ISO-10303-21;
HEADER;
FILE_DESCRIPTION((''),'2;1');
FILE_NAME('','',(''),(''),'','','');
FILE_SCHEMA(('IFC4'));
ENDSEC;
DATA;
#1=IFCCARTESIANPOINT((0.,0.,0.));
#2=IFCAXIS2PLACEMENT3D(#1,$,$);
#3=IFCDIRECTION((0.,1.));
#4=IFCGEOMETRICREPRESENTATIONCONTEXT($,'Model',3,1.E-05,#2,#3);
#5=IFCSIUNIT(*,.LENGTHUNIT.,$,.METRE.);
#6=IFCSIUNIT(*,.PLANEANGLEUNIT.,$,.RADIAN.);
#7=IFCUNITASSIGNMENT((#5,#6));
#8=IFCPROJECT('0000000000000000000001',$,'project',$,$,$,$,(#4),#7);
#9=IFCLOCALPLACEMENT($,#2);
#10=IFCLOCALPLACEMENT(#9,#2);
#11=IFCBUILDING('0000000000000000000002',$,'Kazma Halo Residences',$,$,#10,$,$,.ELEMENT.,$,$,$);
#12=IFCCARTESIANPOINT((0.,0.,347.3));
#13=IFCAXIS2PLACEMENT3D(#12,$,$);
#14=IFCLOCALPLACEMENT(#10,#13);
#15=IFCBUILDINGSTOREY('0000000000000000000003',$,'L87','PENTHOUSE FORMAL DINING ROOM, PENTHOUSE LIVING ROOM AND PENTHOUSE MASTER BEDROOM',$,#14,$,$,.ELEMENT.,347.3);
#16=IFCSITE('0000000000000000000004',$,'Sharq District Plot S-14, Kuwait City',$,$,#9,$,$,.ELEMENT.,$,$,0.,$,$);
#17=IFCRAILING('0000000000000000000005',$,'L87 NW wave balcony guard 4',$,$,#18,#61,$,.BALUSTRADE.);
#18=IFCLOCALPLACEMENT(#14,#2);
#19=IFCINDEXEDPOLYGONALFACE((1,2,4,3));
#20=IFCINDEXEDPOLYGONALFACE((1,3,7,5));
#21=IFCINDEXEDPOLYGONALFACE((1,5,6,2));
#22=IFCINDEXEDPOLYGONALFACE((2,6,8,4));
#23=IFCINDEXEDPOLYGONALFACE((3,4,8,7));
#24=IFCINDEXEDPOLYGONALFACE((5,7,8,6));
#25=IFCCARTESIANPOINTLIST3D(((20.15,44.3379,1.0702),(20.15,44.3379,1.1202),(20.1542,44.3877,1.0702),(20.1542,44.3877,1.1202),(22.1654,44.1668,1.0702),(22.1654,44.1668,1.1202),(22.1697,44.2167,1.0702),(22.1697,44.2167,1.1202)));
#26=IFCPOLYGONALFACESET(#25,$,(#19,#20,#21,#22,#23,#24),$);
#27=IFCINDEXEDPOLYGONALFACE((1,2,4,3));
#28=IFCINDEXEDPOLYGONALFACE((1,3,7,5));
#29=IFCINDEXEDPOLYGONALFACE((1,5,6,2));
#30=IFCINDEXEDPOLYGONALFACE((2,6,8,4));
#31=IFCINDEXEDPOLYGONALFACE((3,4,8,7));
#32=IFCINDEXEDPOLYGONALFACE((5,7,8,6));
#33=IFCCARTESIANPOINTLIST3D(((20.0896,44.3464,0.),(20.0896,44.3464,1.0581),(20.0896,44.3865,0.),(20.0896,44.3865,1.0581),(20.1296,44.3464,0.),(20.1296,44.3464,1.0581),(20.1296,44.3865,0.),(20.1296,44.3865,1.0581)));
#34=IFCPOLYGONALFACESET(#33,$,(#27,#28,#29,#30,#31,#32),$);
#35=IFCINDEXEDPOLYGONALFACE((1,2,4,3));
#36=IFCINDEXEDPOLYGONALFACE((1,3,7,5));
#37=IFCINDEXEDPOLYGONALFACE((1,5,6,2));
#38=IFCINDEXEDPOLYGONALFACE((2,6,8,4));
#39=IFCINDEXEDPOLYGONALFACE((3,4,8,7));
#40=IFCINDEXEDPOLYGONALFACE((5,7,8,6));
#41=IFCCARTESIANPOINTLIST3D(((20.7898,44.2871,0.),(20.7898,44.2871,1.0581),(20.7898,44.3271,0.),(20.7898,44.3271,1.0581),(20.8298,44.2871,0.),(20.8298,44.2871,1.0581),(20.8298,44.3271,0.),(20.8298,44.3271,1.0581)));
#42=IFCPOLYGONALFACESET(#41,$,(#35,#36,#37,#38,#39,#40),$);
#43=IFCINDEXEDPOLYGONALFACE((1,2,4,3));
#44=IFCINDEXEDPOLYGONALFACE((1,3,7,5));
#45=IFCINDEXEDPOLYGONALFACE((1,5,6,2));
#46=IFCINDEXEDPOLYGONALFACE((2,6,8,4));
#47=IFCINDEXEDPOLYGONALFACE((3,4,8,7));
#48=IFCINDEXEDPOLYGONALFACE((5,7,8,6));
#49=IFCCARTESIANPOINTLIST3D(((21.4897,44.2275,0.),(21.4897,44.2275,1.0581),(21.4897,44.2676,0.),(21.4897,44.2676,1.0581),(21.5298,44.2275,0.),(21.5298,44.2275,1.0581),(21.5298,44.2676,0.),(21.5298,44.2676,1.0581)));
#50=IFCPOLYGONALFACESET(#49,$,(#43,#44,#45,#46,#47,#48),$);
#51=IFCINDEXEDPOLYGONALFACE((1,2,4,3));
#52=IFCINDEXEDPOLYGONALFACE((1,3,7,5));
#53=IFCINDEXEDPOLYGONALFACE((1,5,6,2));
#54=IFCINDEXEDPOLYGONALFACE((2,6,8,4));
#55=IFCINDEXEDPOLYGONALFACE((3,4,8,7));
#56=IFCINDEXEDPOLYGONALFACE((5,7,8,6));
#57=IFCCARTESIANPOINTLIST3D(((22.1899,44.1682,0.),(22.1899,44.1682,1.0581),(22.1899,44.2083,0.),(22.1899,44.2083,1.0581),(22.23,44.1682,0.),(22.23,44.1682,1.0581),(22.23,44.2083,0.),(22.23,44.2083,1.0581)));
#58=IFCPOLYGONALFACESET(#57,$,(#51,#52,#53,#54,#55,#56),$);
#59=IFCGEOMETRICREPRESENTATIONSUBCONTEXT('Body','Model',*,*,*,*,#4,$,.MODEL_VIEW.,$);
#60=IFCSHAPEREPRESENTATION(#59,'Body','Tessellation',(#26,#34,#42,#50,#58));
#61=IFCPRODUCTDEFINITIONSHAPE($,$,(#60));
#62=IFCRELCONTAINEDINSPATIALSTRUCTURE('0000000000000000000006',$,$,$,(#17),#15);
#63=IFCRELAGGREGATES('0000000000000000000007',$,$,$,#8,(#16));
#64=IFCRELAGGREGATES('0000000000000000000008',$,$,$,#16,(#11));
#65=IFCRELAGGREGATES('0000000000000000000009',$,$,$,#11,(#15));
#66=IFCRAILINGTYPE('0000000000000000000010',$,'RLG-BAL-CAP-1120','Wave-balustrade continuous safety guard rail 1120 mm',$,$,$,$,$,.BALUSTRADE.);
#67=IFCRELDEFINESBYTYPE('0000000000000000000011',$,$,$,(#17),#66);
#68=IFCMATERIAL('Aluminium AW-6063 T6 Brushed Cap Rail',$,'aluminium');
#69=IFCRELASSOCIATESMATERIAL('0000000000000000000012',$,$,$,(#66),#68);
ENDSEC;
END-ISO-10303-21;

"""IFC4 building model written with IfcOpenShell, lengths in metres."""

from ifc_helpers import new_model, si_unit, direction, frame, origin, origin_2d, place, context, subcontext, project, spatial, rectangle, extrude, material, type_object, element, save


model = new_model("IFC4")

# Units and contexts
model_context = context("Model", 3, precision=1e-05, world=origin(), true_north=direction((0.0, 1.0)))
body_context = subcontext(model_context, "Body", "Model", "MODEL_VIEW")
ifc_project = project(units=[si_unit("LENGTHUNIT", "METRE"), si_unit("PLANEANGLEUNIT", "RADIAN")], contexts=[model_context])

# Site, building, storey
site_placement = place(None, origin())
site = spatial("IfcSite", under=ifc_project, at=site_placement, Name="Sharq District Plot S-14, Kuwait City", CompositionType="ELEMENT", RefElevation=0.0)
building_placement = place(site_placement, origin())
building = spatial("IfcBuilding", under=site, at=building_placement, Name="Kazma Halo Residences", CompositionType="ELEMENT")
storey_placement = place(building_placement, frame((0.0, 0.0, 347.3)))
storey = spatial("IfcBuildingStorey", under=building, at=storey_placement, Name="L87", Description="PENTHOUSE FORMAL DINING ROOM, PENTHOUSE LIVING ROOM AND PENTHOUSE MASTER BEDROOM", CompositionType="ELEMENT", Elevation=347.3)

# Railing
ifc_material_1 = material(Name="Aluminium AW-6063 T6 Brushed Cap Rail", Category="aluminium")
railing_type = type_object("IfcRailingType", Name="RLG-BAL-CAP-1120", Description="Wave-balustrade continuous safety guard rail 1120 mm", PredefinedType="BALUSTRADE", material=ifc_material_1)
railing_placement = place(storey_placement, frame((20.1096, 44.3665, 0.0)))
element("IfcRailing", 1, at=railing_placement, inside=storey, type_object=railing_type, Name="L87 NW wave balcony guard 4", PredefinedType="BALUSTRADE", context=body_context, shape_type="SweptSolid", body=[
    extrude(rectangle(XDim=0.05, YDim=0.05, at=origin_2d()), frame((0.0425, -0.0037, 1.0952), z_axis=(0.996419, -0.08455, 0.0), x_axis=(0.08455, 0.996419, 0.0)), (0.0, 0.0, 1.0), 2.0227),
    extrude(rectangle(XDim=0.04, YDim=0.04, at=origin_2d()), origin(), (0.0, 0.0, 1.0), 1.0581),
    extrude(rectangle(XDim=0.04, YDim=0.04, at=origin_2d()), frame((0.7002, -0.0593, 0.0)), (0.0, 0.0, 1.0), 1.0581),
    extrude(rectangle(XDim=0.04, YDim=0.04, at=origin_2d()), frame((1.4001, -0.1189, 0.0)), (0.0, 0.0, 1.0), 1.0581),
    extrude(rectangle(XDim=0.04, YDim=0.04, at=origin_2d()), frame((2.1003, -0.1782, 0.0)), (0.0, 0.0, 1.0), 1.0581),
])

save(model, "model.ifc")
